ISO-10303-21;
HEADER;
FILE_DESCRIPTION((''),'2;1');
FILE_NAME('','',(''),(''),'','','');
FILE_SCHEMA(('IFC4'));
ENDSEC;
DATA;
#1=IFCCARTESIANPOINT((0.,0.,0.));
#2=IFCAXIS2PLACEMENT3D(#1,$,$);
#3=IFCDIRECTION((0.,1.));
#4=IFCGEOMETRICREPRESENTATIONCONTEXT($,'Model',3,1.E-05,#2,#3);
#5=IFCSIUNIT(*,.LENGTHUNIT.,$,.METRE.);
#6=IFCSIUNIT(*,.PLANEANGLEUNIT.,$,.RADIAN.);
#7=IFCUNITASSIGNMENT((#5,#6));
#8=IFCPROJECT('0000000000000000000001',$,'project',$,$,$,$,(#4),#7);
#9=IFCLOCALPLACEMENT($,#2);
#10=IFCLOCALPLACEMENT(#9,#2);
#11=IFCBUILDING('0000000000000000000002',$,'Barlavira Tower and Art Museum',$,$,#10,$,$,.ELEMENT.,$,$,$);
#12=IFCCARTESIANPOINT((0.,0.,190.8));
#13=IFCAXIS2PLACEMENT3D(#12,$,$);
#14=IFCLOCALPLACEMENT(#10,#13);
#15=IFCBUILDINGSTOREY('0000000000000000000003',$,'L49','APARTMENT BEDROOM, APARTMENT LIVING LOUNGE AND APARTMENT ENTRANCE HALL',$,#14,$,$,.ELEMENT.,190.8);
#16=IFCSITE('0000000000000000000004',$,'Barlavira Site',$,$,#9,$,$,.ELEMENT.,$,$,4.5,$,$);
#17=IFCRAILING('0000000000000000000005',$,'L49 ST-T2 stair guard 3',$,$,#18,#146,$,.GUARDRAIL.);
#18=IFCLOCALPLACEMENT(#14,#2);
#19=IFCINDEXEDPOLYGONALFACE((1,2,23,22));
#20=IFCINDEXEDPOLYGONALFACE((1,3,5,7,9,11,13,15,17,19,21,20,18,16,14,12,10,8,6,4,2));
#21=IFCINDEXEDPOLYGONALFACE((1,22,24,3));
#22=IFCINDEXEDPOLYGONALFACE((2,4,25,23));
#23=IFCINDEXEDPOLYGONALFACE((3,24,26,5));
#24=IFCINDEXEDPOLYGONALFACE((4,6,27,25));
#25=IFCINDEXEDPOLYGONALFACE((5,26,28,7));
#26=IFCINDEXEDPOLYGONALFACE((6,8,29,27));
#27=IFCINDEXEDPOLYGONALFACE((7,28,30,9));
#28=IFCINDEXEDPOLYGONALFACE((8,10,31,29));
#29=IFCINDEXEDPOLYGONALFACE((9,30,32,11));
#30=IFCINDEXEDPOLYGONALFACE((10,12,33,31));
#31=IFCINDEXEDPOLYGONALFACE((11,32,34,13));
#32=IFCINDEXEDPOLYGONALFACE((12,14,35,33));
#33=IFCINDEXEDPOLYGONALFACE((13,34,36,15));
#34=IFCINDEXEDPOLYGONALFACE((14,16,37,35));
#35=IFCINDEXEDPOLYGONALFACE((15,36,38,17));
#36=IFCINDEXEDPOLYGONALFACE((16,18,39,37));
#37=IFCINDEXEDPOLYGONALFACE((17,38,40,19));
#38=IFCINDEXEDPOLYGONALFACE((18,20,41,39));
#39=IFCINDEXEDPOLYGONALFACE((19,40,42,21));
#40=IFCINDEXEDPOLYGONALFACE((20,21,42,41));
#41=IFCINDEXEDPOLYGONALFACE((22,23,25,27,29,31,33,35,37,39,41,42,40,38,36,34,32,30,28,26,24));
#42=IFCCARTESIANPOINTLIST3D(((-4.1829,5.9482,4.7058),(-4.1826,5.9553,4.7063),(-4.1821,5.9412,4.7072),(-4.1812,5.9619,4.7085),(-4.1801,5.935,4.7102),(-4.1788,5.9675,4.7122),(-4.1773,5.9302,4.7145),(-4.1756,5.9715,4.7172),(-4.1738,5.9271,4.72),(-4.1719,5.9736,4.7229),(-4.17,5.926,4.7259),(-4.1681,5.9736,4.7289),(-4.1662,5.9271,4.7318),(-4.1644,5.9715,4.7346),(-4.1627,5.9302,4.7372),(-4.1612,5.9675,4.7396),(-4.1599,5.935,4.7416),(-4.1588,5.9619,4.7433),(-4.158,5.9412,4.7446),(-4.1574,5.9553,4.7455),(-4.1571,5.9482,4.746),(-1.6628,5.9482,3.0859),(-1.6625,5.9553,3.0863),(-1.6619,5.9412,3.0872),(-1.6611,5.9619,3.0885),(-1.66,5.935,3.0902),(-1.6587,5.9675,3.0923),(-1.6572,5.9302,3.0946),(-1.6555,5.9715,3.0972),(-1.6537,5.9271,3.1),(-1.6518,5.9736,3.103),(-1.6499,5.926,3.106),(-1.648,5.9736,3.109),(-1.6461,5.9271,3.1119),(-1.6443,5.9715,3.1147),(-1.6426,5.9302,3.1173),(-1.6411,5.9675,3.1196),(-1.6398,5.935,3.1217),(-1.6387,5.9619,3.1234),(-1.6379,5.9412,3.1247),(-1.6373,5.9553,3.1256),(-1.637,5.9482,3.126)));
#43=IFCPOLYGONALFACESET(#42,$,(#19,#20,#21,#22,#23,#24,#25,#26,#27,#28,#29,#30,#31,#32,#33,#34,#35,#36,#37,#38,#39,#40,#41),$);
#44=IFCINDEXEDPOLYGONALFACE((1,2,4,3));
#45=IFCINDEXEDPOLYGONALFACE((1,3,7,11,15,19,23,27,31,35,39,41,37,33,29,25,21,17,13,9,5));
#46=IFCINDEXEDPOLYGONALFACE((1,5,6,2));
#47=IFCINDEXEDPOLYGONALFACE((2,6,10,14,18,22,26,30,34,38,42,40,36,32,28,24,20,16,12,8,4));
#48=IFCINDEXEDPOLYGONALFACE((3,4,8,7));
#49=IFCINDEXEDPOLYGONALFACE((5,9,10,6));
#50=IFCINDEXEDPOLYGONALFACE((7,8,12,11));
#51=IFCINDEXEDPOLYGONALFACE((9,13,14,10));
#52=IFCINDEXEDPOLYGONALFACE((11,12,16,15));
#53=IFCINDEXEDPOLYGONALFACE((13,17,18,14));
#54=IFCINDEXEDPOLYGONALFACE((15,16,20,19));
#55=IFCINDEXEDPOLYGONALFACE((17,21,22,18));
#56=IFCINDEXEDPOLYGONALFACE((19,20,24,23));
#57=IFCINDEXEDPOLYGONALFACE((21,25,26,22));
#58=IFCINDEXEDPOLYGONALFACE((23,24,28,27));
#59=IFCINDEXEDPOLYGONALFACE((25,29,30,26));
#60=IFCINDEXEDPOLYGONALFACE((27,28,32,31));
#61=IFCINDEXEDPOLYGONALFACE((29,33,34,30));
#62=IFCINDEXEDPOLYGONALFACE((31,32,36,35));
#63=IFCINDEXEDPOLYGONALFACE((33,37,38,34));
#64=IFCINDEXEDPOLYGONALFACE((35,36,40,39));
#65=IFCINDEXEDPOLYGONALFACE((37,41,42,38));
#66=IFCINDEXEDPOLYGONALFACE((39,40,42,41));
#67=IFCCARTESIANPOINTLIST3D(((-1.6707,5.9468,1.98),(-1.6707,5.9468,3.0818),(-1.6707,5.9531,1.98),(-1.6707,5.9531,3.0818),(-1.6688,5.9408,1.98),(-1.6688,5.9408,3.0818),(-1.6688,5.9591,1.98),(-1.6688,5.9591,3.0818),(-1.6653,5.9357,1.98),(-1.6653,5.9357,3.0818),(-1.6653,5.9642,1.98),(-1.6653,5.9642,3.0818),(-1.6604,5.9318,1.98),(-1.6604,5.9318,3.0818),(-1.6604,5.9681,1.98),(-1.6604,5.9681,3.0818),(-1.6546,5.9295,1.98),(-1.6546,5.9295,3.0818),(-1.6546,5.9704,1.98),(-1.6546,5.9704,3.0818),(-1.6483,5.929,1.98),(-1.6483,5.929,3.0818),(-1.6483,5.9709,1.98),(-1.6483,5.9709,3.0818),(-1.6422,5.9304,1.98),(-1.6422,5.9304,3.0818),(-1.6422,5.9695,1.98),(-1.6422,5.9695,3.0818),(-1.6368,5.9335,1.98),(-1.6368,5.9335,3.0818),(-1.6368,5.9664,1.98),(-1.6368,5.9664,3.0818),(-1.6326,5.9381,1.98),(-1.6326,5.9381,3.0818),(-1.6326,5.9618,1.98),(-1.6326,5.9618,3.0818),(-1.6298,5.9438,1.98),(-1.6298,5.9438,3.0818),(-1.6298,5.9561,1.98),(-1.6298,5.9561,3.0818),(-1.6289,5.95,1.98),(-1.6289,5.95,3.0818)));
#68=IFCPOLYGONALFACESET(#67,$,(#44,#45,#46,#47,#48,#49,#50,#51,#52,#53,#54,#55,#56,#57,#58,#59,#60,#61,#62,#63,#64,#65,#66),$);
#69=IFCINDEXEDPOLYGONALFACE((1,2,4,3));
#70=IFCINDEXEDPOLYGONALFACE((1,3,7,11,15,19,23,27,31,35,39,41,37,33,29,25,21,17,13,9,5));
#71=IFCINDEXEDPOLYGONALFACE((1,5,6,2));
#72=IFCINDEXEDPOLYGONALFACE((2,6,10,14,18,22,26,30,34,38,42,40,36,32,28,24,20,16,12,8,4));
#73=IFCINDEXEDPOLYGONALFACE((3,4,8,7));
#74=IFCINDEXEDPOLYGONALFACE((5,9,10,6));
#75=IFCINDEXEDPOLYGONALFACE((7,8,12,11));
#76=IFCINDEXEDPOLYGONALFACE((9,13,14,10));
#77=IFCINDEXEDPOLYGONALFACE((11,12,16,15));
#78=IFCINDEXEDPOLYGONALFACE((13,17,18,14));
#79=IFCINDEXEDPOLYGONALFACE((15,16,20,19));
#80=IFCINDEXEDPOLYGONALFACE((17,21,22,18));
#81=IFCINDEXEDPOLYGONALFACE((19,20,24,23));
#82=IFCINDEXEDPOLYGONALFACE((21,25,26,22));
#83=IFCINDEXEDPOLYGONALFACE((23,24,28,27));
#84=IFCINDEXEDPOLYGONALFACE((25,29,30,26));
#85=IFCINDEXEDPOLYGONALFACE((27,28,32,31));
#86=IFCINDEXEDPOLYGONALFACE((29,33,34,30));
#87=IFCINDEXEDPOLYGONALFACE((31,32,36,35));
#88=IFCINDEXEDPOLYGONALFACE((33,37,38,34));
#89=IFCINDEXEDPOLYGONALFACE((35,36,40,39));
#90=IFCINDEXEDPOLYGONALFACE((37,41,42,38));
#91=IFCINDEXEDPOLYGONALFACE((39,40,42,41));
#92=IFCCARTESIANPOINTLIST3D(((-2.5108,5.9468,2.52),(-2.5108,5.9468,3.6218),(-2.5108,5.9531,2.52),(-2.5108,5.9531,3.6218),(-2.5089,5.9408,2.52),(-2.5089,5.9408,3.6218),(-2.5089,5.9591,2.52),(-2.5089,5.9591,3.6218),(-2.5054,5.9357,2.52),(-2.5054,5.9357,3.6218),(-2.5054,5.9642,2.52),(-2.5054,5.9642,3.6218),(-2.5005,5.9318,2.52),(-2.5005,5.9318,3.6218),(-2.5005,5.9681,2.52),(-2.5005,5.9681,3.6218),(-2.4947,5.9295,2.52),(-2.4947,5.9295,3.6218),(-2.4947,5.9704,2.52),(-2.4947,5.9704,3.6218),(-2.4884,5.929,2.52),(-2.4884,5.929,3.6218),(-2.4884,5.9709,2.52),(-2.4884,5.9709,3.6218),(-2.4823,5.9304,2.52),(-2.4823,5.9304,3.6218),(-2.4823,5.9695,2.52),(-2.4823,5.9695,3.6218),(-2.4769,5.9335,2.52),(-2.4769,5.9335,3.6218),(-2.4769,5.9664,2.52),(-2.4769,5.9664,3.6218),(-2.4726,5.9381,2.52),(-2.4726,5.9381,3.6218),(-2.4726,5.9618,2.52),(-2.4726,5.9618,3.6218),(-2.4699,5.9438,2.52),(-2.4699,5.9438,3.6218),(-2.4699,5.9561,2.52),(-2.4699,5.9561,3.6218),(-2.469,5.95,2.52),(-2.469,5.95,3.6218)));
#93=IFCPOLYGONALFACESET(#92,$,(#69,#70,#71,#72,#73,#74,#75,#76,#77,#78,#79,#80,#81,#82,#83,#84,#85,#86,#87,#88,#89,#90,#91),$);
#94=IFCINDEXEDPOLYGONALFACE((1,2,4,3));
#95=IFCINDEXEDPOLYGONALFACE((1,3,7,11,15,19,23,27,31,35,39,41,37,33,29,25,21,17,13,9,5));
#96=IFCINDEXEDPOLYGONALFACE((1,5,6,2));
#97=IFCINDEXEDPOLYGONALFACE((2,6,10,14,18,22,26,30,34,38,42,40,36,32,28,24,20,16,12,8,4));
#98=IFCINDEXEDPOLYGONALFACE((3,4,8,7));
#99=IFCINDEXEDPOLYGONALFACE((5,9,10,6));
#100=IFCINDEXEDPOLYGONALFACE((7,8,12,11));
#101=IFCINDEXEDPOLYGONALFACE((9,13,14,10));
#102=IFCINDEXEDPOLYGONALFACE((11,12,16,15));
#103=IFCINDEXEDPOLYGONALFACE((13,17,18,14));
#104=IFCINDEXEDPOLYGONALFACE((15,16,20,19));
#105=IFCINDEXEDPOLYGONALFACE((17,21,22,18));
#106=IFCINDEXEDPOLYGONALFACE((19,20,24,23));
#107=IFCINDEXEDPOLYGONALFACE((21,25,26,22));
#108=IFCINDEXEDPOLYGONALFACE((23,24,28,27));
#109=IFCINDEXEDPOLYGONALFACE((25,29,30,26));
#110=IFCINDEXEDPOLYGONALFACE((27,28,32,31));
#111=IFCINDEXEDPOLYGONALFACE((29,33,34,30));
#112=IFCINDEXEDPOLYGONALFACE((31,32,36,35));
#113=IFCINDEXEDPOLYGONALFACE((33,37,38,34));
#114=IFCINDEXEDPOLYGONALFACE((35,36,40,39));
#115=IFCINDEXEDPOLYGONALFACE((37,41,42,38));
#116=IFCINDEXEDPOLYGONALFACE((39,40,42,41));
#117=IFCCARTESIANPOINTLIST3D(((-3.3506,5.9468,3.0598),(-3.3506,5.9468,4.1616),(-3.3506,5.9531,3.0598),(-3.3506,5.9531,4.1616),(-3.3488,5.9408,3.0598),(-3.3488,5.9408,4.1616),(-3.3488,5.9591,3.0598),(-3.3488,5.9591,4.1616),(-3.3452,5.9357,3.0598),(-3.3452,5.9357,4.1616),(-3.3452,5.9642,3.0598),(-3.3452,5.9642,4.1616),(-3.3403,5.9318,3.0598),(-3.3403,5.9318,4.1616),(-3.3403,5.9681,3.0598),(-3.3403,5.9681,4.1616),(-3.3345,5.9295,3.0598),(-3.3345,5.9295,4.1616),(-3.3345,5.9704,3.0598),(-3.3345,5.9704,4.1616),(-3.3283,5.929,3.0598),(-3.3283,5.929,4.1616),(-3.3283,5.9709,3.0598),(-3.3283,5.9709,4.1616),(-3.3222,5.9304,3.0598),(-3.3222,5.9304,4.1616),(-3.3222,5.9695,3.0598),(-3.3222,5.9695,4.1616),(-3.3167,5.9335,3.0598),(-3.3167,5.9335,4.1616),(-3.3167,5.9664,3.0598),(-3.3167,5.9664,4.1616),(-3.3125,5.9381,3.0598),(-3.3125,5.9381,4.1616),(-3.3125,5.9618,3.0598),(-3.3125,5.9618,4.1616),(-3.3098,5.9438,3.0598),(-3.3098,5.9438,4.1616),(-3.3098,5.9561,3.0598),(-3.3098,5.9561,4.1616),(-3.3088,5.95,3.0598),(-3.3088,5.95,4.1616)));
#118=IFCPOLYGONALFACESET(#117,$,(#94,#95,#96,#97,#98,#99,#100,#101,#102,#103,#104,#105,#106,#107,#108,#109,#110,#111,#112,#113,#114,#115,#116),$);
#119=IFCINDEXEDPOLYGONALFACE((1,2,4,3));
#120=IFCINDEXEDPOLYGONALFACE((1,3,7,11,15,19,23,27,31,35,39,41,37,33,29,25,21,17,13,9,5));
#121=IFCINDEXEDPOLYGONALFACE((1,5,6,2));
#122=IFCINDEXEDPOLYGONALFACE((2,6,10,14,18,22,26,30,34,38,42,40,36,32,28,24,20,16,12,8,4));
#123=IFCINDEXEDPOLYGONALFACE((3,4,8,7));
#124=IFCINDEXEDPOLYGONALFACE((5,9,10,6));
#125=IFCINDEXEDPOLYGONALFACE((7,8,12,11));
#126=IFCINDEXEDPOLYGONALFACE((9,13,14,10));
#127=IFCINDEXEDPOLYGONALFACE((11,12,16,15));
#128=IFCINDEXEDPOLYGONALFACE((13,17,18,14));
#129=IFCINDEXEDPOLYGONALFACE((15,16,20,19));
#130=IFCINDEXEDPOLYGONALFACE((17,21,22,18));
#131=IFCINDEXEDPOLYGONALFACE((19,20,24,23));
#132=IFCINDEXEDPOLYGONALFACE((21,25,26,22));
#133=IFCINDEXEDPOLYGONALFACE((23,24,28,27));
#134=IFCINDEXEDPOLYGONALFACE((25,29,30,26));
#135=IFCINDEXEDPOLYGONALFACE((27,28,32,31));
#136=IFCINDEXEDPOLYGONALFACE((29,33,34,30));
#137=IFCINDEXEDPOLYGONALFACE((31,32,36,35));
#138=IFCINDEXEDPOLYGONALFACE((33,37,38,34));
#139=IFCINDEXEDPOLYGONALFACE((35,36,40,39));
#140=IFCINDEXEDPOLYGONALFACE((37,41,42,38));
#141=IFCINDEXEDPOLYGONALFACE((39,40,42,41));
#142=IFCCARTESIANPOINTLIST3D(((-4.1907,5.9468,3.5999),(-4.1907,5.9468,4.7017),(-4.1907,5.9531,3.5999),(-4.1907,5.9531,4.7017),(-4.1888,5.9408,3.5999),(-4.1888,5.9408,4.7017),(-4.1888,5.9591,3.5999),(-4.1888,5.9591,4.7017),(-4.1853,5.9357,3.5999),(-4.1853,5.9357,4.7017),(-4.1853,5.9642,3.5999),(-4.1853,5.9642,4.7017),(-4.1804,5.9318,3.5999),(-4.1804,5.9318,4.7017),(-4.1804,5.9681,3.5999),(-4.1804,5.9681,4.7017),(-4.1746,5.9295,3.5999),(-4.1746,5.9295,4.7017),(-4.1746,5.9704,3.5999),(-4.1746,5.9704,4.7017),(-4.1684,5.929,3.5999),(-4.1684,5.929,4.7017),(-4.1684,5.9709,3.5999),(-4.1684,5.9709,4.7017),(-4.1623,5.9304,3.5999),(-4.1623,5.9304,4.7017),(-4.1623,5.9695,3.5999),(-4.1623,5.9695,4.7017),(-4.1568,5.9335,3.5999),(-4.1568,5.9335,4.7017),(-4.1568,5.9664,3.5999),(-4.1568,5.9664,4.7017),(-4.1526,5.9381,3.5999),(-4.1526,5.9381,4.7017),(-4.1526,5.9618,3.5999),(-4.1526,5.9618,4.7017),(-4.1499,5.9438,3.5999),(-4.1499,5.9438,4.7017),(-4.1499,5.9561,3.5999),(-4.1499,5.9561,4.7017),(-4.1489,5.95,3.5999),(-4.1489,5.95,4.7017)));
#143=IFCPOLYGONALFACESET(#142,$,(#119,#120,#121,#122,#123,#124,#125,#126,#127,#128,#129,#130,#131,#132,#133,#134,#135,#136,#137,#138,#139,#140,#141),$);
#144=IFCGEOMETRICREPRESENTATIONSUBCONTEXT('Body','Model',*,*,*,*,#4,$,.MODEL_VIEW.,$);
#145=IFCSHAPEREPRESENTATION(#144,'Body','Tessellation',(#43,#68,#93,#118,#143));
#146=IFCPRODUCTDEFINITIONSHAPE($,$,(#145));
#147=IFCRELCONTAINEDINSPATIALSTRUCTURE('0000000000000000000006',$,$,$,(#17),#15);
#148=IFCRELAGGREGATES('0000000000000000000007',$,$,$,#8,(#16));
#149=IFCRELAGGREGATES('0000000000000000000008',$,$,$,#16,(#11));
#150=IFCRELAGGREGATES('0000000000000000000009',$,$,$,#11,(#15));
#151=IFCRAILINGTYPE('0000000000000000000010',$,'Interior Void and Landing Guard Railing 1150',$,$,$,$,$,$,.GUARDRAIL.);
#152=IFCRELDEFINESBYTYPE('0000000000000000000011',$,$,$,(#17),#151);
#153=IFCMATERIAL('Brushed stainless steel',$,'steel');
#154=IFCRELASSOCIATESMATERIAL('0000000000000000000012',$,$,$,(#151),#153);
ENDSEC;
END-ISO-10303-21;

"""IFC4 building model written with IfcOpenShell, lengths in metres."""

from ifc_helpers import new_model, si_unit, direction, frame, origin, origin_2d, place, context, subcontext, project, spatial, circle, extrude, material, type_object, element, save


model = new_model("IFC4")

# Units and contexts
model_context = context("Model", 3, precision=1e-05, world=origin(), true_north=direction((0.0, 1.0)))
body_context = subcontext(model_context, "Body", "Model", "MODEL_VIEW")
ifc_project = project(units=[si_unit("LENGTHUNIT", "METRE"), si_unit("PLANEANGLEUNIT", "RADIAN")], contexts=[model_context])

# Site, building, storey
site_placement = place(None, origin())
site = spatial("IfcSite", under=ifc_project, at=site_placement, Name="Barlavira Site", CompositionType="ELEMENT", RefElevation=4.5)
building_placement = place(site_placement, origin())
building = spatial("IfcBuilding", under=site, at=building_placement, Name="Barlavira Tower and Art Museum", CompositionType="ELEMENT")
storey_placement = place(building_placement, frame((0.0, 0.0, 190.8)))
storey = spatial("IfcBuildingStorey", under=building, at=storey_placement, Name="L49", Description="APARTMENT BEDROOM, APARTMENT LIVING LOUNGE AND APARTMENT ENTRANCE HALL", CompositionType="ELEMENT", Elevation=190.8)

# Shared definitions
ifc_material_1 = material(Name="Brushed stainless steel", Category="steel")

# Railing
railing_type_1 = type_object("IfcRailingType", Name="Interior Void and Landing Guard Railing 1150", PredefinedType="GUARDRAIL", material=ifc_material_1)
railing_1_placement = place(storey_placement, frame((-1.6499, 5.95, 1.98)))
element("IfcRailing", 1, at=railing_1_placement, inside=storey, type_object=railing_type_1, Name="L49 ST-T2 stair guard 3", PredefinedType="GUARDRAIL", context=body_context, shape_type="SweptSolid", body=[
    extrude(circle(Radius=0.0239, at=origin_2d()), frame((0.0, 0.0, 1.126), z_axis=(-0.8412, 0.0, 0.540725), x_axis=(0.0, -1.0, 0.0)), (0.0, 0.0, 1.0), 2.9958),
    extrude(circle(Radius=0.021, at=origin_2d()), origin(), (0.0, 0.0, 1.0), 1.1018),
    extrude(circle(Radius=0.021, at=origin_2d()), frame((-0.8401, 0.0, 0.54)), (0.0, 0.0, 1.0), 1.1018),
    extrude(circle(Radius=0.021, at=origin_2d()), frame((-1.6799, 0.0, 1.0798)), (0.0, 0.0, 1.0), 1.1018),
    extrude(circle(Radius=0.021, at=origin_2d()), frame((-2.52, 0.0, 1.6199)), (0.0, 0.0, 1.0), 1.1018),
])

save(model, "model.ifc")
